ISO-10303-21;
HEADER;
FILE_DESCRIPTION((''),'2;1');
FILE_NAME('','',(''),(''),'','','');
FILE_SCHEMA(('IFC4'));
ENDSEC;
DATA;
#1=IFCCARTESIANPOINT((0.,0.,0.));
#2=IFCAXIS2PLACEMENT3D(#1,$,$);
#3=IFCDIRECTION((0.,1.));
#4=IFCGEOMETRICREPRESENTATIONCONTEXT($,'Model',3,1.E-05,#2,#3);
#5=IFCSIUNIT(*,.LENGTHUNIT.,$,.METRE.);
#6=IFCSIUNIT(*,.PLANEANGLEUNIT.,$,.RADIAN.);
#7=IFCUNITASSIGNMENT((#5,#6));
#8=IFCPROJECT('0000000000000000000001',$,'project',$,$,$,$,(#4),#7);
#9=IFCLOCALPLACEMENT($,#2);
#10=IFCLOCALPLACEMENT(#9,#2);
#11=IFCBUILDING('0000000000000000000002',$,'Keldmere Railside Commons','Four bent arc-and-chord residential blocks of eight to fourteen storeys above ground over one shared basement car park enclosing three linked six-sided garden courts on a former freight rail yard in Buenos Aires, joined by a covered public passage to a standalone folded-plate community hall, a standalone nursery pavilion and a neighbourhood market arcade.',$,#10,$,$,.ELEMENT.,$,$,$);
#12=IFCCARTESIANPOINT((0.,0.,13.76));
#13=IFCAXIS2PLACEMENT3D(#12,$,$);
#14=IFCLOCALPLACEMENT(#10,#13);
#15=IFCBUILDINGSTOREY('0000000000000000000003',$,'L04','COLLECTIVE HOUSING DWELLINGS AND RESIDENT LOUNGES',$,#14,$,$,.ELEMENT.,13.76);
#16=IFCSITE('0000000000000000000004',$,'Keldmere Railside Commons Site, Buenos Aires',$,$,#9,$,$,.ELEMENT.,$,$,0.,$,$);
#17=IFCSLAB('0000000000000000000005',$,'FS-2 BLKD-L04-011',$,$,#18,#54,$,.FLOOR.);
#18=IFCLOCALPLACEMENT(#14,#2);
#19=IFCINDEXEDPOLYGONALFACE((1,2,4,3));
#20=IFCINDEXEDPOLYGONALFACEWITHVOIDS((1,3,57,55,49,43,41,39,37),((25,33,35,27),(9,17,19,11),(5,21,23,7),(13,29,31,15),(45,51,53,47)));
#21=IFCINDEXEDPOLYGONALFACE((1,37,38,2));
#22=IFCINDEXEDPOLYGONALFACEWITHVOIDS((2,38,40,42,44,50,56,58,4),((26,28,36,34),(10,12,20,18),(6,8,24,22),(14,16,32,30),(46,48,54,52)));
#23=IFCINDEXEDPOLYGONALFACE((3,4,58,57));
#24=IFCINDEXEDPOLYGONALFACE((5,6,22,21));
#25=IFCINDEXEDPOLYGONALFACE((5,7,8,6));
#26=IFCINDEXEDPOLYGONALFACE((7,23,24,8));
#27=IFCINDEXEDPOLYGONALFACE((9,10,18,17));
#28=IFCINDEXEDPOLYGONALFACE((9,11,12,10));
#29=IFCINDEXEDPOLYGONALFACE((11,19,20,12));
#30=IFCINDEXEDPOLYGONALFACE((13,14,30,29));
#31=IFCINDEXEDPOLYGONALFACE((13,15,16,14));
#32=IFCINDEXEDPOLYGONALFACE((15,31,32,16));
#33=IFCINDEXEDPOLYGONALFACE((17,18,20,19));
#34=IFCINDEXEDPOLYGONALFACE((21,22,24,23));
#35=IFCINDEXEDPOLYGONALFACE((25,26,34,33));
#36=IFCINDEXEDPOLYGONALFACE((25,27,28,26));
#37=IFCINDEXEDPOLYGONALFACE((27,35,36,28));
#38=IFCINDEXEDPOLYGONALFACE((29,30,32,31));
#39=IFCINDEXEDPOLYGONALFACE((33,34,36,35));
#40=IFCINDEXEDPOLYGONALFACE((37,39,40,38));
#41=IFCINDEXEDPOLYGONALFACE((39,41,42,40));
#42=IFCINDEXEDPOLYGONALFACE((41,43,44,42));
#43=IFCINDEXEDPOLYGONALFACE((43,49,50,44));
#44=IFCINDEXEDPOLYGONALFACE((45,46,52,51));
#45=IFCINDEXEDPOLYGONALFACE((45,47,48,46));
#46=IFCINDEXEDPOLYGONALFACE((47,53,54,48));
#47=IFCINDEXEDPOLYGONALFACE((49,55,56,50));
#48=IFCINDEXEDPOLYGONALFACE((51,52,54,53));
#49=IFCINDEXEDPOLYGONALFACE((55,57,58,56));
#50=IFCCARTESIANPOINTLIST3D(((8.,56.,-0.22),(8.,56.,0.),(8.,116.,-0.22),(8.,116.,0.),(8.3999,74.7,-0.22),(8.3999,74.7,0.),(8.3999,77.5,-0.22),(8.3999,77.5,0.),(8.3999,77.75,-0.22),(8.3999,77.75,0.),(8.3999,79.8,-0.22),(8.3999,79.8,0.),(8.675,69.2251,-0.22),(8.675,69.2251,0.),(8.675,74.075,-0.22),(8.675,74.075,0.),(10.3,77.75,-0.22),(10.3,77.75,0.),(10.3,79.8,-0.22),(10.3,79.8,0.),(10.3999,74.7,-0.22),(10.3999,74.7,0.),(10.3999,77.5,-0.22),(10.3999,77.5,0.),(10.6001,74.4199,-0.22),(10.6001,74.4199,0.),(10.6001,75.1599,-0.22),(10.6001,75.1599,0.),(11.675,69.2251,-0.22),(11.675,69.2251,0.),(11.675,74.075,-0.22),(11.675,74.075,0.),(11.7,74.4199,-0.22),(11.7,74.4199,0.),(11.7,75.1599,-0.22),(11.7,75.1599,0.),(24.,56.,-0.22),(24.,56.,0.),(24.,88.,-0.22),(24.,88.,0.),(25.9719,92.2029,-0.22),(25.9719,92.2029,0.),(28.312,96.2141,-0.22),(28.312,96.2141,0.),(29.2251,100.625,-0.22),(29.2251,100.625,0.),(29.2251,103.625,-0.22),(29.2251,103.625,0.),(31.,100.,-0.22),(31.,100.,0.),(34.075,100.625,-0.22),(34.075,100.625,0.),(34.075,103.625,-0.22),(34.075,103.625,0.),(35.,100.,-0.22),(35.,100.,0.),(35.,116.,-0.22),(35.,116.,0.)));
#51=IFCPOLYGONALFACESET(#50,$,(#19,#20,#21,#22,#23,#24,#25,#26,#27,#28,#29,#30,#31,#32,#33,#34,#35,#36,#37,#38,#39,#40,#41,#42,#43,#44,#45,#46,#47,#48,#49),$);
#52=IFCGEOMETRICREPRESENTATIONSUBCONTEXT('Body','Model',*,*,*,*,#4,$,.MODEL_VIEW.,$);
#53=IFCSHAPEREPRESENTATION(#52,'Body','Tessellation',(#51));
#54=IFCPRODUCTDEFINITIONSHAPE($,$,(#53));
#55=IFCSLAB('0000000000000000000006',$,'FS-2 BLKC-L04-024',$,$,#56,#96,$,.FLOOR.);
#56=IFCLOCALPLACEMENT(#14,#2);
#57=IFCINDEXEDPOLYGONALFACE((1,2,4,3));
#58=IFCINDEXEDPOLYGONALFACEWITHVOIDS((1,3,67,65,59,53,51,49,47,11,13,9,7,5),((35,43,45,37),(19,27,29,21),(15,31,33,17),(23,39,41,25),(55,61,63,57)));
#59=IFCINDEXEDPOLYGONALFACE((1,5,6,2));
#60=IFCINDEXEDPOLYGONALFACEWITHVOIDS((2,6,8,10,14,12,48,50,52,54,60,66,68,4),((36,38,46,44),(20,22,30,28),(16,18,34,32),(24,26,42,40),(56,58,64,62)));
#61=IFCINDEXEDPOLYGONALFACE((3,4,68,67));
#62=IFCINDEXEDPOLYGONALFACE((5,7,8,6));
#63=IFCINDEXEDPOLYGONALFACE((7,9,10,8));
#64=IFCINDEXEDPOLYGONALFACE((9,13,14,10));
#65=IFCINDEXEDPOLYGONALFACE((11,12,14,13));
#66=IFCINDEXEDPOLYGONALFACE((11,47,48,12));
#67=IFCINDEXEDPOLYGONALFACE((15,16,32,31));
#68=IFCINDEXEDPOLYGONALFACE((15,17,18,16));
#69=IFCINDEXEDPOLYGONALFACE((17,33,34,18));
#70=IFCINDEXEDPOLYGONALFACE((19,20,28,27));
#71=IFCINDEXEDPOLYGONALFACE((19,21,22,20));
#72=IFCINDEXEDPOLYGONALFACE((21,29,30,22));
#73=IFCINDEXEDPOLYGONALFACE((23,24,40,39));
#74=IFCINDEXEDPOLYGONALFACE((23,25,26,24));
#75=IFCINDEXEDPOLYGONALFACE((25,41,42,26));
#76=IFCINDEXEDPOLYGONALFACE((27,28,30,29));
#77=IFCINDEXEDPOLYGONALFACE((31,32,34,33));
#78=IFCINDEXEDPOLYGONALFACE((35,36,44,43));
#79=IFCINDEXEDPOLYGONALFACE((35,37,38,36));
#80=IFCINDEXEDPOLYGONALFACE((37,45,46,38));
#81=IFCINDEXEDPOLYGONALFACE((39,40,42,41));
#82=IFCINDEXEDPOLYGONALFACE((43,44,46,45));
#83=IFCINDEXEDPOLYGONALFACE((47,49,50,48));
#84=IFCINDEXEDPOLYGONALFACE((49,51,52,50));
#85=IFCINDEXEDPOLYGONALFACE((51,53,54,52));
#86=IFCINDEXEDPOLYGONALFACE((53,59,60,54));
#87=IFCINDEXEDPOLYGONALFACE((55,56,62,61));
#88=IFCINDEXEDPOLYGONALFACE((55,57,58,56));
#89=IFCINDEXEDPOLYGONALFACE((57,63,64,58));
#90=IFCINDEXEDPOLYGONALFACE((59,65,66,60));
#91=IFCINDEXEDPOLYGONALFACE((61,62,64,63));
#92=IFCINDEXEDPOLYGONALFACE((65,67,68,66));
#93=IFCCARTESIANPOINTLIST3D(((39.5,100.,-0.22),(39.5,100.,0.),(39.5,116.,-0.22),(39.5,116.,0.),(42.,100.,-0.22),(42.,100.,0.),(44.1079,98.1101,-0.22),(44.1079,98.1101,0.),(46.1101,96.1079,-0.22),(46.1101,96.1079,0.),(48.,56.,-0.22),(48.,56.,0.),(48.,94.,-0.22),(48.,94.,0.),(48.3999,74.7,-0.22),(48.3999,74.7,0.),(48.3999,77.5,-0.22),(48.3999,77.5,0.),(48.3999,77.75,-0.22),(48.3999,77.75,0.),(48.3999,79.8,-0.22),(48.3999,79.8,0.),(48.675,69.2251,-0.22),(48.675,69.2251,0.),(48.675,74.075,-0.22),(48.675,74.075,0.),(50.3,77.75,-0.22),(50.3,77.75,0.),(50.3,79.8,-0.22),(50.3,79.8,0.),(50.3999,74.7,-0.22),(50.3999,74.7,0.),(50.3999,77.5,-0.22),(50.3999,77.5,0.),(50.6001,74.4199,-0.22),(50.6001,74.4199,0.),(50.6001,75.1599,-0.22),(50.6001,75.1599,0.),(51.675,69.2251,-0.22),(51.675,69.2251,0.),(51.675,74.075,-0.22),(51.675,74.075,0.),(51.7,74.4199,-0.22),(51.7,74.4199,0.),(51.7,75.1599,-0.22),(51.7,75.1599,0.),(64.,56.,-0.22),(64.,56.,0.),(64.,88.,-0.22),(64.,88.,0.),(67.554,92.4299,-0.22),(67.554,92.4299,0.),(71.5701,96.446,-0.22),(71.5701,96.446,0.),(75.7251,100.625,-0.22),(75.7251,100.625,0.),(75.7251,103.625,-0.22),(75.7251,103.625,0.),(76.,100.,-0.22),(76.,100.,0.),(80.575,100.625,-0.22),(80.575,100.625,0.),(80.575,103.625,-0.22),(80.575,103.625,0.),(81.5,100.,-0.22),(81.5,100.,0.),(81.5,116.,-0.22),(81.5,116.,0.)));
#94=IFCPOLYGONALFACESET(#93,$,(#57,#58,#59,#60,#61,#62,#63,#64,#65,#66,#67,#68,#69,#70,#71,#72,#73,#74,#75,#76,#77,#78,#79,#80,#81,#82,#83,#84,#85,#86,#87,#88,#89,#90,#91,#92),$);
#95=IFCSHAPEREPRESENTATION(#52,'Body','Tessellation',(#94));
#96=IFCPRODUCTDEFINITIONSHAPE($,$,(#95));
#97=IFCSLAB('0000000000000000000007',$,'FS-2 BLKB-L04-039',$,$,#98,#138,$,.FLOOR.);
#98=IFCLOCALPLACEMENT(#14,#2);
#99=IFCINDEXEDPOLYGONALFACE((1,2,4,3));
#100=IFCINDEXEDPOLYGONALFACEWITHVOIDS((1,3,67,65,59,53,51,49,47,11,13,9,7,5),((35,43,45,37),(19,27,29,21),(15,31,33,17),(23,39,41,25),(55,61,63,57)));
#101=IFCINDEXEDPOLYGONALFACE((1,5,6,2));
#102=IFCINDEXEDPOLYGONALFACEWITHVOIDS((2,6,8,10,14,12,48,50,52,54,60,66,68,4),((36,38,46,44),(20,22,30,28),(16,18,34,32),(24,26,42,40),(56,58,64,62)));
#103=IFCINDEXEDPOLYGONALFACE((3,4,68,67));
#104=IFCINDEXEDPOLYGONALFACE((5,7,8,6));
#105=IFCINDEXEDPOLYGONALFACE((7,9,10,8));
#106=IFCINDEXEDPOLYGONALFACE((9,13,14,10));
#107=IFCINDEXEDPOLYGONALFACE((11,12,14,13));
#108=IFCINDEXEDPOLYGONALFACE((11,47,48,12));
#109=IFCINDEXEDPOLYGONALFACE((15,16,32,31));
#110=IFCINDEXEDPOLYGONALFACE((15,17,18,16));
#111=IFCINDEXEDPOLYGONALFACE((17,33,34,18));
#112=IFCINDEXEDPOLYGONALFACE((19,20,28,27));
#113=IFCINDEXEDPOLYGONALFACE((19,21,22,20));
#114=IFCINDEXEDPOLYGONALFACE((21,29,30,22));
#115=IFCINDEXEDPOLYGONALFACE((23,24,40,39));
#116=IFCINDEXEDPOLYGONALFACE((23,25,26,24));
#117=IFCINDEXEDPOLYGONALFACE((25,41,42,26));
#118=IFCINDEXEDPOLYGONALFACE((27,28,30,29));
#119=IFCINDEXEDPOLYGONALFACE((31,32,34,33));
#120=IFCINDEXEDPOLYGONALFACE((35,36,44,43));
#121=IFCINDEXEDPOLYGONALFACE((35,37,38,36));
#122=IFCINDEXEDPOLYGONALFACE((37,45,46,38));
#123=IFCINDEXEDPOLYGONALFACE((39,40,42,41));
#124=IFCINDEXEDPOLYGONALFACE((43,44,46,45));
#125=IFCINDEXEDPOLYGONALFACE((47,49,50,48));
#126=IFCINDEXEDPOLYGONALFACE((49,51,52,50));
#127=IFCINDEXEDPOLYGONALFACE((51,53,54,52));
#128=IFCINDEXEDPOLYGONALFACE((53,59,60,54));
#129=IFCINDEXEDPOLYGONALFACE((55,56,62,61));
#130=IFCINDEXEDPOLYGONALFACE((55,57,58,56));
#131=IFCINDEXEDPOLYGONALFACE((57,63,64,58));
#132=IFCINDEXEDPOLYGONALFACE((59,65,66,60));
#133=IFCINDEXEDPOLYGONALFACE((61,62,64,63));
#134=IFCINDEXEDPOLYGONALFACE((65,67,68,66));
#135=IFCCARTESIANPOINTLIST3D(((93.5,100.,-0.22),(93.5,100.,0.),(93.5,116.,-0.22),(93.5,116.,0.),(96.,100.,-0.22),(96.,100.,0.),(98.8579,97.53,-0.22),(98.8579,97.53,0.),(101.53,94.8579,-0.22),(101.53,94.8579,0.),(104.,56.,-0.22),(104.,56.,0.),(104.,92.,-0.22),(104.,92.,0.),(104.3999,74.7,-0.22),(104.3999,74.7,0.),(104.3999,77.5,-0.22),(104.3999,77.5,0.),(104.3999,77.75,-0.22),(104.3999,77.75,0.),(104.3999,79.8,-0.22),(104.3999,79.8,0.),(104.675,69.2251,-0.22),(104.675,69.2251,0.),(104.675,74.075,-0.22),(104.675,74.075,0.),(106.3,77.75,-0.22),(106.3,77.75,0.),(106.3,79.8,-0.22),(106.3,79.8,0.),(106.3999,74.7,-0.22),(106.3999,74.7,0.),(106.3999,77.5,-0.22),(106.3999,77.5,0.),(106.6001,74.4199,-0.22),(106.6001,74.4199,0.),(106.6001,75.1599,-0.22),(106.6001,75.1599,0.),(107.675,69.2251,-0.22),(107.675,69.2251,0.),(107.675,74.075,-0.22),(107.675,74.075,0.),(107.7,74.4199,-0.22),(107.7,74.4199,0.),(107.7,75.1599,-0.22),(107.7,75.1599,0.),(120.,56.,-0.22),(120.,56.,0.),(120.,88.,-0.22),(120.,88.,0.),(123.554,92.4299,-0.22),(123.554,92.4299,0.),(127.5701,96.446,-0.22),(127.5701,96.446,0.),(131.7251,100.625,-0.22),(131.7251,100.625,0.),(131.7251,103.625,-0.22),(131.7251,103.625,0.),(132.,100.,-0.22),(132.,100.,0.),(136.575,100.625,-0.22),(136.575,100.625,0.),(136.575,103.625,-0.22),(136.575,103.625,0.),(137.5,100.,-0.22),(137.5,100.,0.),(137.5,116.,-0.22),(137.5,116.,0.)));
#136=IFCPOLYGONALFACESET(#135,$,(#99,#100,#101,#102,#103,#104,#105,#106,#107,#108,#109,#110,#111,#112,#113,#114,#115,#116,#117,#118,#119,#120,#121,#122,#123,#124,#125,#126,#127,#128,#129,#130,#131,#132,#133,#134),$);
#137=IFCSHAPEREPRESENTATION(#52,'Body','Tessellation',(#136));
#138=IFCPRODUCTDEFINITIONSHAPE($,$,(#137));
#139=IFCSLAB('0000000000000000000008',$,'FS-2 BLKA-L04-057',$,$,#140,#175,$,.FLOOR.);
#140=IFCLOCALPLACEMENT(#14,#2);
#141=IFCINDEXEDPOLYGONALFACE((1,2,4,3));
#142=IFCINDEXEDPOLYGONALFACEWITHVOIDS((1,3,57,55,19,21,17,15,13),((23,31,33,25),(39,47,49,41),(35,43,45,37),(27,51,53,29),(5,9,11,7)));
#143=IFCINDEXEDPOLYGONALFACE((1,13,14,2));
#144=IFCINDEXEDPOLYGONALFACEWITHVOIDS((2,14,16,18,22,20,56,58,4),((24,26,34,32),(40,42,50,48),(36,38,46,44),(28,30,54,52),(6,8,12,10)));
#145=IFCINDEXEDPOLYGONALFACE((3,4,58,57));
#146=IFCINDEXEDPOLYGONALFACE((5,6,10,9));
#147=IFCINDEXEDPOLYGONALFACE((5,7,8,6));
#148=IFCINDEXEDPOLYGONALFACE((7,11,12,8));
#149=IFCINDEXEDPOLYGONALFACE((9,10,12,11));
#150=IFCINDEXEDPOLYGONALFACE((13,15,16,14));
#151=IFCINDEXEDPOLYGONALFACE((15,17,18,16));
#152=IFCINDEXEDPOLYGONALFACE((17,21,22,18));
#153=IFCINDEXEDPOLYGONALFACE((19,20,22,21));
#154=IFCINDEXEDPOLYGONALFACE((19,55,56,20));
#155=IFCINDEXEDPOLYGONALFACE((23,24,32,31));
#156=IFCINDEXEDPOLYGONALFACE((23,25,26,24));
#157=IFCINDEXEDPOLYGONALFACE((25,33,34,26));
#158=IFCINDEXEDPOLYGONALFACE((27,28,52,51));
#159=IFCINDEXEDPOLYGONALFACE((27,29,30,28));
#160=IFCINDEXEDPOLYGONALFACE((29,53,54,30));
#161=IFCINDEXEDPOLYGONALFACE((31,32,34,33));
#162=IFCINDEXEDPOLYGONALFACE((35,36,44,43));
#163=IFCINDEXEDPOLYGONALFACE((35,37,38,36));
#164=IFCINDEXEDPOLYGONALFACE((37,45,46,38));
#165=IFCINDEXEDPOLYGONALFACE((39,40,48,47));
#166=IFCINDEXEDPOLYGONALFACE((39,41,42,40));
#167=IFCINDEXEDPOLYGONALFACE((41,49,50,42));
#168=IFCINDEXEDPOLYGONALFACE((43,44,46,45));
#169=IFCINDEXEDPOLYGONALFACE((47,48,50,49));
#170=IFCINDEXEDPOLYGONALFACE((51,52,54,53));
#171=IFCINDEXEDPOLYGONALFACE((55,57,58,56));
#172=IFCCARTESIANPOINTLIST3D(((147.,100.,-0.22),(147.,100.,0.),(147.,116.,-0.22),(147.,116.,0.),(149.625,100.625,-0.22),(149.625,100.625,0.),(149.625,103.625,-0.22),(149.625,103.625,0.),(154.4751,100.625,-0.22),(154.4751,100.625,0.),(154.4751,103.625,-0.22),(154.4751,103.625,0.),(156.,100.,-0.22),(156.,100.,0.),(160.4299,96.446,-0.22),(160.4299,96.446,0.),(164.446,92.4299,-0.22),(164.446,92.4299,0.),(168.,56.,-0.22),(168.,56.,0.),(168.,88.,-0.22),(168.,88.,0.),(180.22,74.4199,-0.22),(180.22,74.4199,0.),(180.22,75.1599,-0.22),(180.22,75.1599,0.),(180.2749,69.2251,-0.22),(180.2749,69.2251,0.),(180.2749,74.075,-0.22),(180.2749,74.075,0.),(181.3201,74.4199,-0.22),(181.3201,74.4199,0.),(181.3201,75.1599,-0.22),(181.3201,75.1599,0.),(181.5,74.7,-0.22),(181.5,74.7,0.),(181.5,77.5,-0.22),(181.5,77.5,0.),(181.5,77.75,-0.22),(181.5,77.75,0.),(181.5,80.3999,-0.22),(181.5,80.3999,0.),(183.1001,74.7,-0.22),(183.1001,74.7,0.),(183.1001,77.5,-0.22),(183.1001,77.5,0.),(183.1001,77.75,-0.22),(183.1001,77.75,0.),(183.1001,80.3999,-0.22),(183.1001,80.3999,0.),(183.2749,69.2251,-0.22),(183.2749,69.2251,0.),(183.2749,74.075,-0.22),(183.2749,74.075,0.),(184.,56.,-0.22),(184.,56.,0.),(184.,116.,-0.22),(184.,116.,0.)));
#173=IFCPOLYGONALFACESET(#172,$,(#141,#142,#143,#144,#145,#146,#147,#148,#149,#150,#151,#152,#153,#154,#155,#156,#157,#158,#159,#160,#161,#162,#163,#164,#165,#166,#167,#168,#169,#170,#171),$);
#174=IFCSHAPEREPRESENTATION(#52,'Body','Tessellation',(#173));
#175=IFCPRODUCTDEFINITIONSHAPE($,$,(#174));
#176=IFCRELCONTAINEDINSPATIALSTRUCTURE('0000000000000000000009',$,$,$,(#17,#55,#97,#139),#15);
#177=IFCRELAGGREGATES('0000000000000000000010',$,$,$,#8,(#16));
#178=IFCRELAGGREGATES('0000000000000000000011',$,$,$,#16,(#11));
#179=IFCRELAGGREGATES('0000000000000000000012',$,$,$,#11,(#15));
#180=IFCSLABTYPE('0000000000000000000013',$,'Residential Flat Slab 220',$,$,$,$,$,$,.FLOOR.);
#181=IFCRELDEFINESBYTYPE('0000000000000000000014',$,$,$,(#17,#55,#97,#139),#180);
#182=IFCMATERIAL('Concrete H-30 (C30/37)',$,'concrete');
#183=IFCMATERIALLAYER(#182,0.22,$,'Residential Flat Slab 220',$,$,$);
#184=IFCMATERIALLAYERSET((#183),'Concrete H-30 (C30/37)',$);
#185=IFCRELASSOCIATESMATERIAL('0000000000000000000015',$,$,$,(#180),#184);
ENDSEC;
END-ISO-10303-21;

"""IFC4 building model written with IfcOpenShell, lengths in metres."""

from ifc_helpers import new_model, si_unit, direction, frame, origin, place, context, subcontext, project, spatial, polyline, outline, extrude, material, layer, layer_set, type_object, element, save


model = new_model("IFC4")

# Units and contexts
model_context = context("Model", 3, precision=1e-05, world=origin(), true_north=direction((0.0, 1.0)))
body_context = subcontext(model_context, "Body", "Model", "MODEL_VIEW")
ifc_project = project(units=[si_unit("LENGTHUNIT", "METRE"), si_unit("PLANEANGLEUNIT", "RADIAN")], contexts=[model_context])

# Site, building, storey
site_placement = place(None, origin())
site = spatial("IfcSite", under=ifc_project, at=site_placement, Name="Keldmere Railside Commons Site, Buenos Aires", CompositionType="ELEMENT", RefElevation=0.0)
building_placement = place(site_placement, origin())
building = spatial("IfcBuilding", under=site, at=building_placement, Name="Keldmere Railside Commons", Description="Four bent arc-and-chord residential blocks of eight to fourteen storeys above ground over one shared basement car park enclosing three linked six-sided garden courts on a former freight rail yard in Buenos Aires, joined by a covered public passage to a standalone folded-plate community hall, a standalone nursery pavilion and a neighbourhood market arcade.", CompositionType="ELEMENT")
storey_placement = place(building_placement, frame((0.0, 0.0, 13.76)))
storey = spatial("IfcBuildingStorey", under=building, at=storey_placement, Name="L04", Description="COLLECTIVE HOUSING DWELLINGS AND RESIDENT LOUNGES", CompositionType="ELEMENT", Elevation=13.76)

# Slabs
ifc_material_1 = material(Name="Concrete H-30 (C30/37)", Category="concrete")
ifc_layer_1 = layer(ifc_material_1, 0.22, Name="Residential Flat Slab 220")
ifc_layer_set_1 = layer_set([ifc_layer_1], Name="Concrete H-30 (C30/37)")
slab_type_1 = type_object("IfcSlabType", Name="Residential Flat Slab 220", PredefinedType="FLOOR", material=ifc_layer_set_1)
slab_1_placement = place(storey_placement, frame((0.0, 0.0, -0.22)))
element("IfcSlab", 1, at=slab_1_placement, inside=storey, type_object=slab_type_1, Name="FS-2 BLKD-L04-011", PredefinedType="FLOOR", context=body_context, shape_type="SweptSolid", body=[
    extrude(outline(polyline([(8.0, 56.0), (24.0, 56.0), (24.0, 88.0), (25.9719, 92.2029), (28.312, 96.2141), (31.0, 100.0), (35.0, 100.0), (35.0, 116.0), (8.0, 116.0), (8.0, 56.0)]), holes=[polyline([(11.675, 69.2251), (8.675, 69.2251), (8.675, 74.075), (11.675, 74.075), (11.675, 69.2251)]), polyline([(11.7, 74.4199), (10.6001, 74.4199), (10.6001, 75.1599), (11.7, 75.1599), (11.7, 74.4199)]), polyline([(8.3999, 74.7), (8.3999, 77.5), (10.3999, 77.5), (10.3999, 74.7), (8.3999, 74.7)]), polyline([(10.3, 77.75), (8.3999, 77.75), (8.3999, 79.8), (10.3, 79.8), (10.3, 77.75)]), polyline([(29.2251, 103.625), (34.075, 103.625), (34.075, 100.625), (29.2251, 100.625), (29.2251, 103.625)])]), origin(), (0.0, 0.0, 1.0), 0.22),
])
slab_2_placement = place(storey_placement, frame((0.0, 0.0, -0.22)))
element("IfcSlab", 2, at=slab_2_placement, inside=storey, type_object=slab_type_1, Name="FS-2 BLKC-L04-024", PredefinedType="FLOOR", context=body_context, shape_type="SweptSolid", body=[
    extrude(outline(polyline([(48.0, 56.0), (64.0, 56.0), (64.0, 88.0), (67.554, 92.4299), (71.5701, 96.446), (76.0, 100.0), (81.5, 100.0), (81.5, 116.0), (39.5, 116.0), (39.5, 100.0), (42.0, 100.0), (44.1079, 98.1101), (46.1101, 96.1079), (48.0, 94.0), (48.0, 56.0)]), holes=[polyline([(51.675, 69.2251), (48.675, 69.2251), (48.675, 74.075), (51.675, 74.075), (51.675, 69.2251)]), polyline([(50.6001, 74.4199), (50.6001, 75.1599), (51.7, 75.1599), (51.7, 74.4199), (50.6001, 74.4199)]), polyline([(50.3999, 74.7), (48.3999, 74.7), (48.3999, 77.5), (50.3999, 77.5), (50.3999, 74.7)]), polyline([(50.3, 77.75), (48.3999, 77.75), (48.3999, 79.8), (50.3, 79.8), (50.3, 77.75)]), polyline([(75.7251, 103.625), (80.575, 103.625), (80.575, 100.625), (75.7251, 100.625), (75.7251, 103.625)])]), origin(), (0.0, 0.0, 1.0), 0.22),
])
slab_3_placement = place(storey_placement, frame((0.0, 0.0, -0.22)))
element("IfcSlab", 3, at=slab_3_placement, inside=storey, type_object=slab_type_1, Name="FS-2 BLKB-L04-039", PredefinedType="FLOOR", context=body_context, shape_type="SweptSolid", body=[
    extrude(outline(polyline([(104.0, 56.0), (120.0, 56.0), (120.0, 88.0), (123.554, 92.4299), (127.5701, 96.446), (132.0, 100.0), (137.5, 100.0), (137.5, 116.0), (93.5, 116.0), (93.5, 100.0), (96.0, 100.0), (98.8579, 97.53), (101.53, 94.8579), (104.0, 92.0), (104.0, 56.0)]), holes=[polyline([(107.675, 69.2251), (104.675, 69.2251), (104.675, 74.075), (107.675, 74.075), (107.675, 69.2251)]), polyline([(107.7, 74.4199), (106.6001, 74.4199), (106.6001, 75.1599), (107.7, 75.1599), (107.7, 74.4199)]), polyline([(104.3999, 74.7), (104.3999, 77.5), (106.3999, 77.5), (106.3999, 74.7), (104.3999, 74.7)]), polyline([(106.3, 77.75), (104.3999, 77.75), (104.3999, 79.8), (106.3, 79.8), (106.3, 77.75)]), polyline([(131.7251, 103.625), (136.575, 103.625), (136.575, 100.625), (131.7251, 100.625), (131.7251, 103.625)])]), origin(), (0.0, 0.0, 1.0), 0.22),
])
slab_4_placement = place(storey_placement, frame((0.0, 0.0, -0.22)))
element("IfcSlab", 4, at=slab_4_placement, inside=storey, type_object=slab_type_1, Name="FS-2 BLKA-L04-057", PredefinedType="FLOOR", context=body_context, shape_type="SweptSolid", body=[
    extrude(outline(polyline([(168.0, 56.0), (184.0, 56.0), (184.0, 116.0), (147.0, 116.0), (147.0, 100.0), (156.0, 100.0), (160.4299, 96.446), (164.446, 92.4299), (168.0, 88.0), (168.0, 56.0)]), holes=[polyline([(183.2749, 69.2251), (180.2749, 69.2251), (180.2749, 74.075), (183.2749, 74.075), (183.2749, 69.2251)]), polyline([(180.22, 74.4199), (180.22, 75.1599), (181.3201, 75.1599), (181.3201, 74.4199), (180.22, 74.4199)]), polyline([(183.1001, 74.7), (181.5, 74.7), (181.5, 77.5), (183.1001, 77.5), (183.1001, 74.7)]), polyline([(183.1001, 77.75), (181.5, 77.75), (181.5, 80.3999), (183.1001, 80.3999), (183.1001, 77.75)]), polyline([(149.625, 103.625), (154.4751, 103.625), (154.4751, 100.625), (149.625, 100.625), (149.625, 103.625)])]), origin(), (0.0, 0.0, 1.0), 0.22),
])

save(model, "model.ifc")
